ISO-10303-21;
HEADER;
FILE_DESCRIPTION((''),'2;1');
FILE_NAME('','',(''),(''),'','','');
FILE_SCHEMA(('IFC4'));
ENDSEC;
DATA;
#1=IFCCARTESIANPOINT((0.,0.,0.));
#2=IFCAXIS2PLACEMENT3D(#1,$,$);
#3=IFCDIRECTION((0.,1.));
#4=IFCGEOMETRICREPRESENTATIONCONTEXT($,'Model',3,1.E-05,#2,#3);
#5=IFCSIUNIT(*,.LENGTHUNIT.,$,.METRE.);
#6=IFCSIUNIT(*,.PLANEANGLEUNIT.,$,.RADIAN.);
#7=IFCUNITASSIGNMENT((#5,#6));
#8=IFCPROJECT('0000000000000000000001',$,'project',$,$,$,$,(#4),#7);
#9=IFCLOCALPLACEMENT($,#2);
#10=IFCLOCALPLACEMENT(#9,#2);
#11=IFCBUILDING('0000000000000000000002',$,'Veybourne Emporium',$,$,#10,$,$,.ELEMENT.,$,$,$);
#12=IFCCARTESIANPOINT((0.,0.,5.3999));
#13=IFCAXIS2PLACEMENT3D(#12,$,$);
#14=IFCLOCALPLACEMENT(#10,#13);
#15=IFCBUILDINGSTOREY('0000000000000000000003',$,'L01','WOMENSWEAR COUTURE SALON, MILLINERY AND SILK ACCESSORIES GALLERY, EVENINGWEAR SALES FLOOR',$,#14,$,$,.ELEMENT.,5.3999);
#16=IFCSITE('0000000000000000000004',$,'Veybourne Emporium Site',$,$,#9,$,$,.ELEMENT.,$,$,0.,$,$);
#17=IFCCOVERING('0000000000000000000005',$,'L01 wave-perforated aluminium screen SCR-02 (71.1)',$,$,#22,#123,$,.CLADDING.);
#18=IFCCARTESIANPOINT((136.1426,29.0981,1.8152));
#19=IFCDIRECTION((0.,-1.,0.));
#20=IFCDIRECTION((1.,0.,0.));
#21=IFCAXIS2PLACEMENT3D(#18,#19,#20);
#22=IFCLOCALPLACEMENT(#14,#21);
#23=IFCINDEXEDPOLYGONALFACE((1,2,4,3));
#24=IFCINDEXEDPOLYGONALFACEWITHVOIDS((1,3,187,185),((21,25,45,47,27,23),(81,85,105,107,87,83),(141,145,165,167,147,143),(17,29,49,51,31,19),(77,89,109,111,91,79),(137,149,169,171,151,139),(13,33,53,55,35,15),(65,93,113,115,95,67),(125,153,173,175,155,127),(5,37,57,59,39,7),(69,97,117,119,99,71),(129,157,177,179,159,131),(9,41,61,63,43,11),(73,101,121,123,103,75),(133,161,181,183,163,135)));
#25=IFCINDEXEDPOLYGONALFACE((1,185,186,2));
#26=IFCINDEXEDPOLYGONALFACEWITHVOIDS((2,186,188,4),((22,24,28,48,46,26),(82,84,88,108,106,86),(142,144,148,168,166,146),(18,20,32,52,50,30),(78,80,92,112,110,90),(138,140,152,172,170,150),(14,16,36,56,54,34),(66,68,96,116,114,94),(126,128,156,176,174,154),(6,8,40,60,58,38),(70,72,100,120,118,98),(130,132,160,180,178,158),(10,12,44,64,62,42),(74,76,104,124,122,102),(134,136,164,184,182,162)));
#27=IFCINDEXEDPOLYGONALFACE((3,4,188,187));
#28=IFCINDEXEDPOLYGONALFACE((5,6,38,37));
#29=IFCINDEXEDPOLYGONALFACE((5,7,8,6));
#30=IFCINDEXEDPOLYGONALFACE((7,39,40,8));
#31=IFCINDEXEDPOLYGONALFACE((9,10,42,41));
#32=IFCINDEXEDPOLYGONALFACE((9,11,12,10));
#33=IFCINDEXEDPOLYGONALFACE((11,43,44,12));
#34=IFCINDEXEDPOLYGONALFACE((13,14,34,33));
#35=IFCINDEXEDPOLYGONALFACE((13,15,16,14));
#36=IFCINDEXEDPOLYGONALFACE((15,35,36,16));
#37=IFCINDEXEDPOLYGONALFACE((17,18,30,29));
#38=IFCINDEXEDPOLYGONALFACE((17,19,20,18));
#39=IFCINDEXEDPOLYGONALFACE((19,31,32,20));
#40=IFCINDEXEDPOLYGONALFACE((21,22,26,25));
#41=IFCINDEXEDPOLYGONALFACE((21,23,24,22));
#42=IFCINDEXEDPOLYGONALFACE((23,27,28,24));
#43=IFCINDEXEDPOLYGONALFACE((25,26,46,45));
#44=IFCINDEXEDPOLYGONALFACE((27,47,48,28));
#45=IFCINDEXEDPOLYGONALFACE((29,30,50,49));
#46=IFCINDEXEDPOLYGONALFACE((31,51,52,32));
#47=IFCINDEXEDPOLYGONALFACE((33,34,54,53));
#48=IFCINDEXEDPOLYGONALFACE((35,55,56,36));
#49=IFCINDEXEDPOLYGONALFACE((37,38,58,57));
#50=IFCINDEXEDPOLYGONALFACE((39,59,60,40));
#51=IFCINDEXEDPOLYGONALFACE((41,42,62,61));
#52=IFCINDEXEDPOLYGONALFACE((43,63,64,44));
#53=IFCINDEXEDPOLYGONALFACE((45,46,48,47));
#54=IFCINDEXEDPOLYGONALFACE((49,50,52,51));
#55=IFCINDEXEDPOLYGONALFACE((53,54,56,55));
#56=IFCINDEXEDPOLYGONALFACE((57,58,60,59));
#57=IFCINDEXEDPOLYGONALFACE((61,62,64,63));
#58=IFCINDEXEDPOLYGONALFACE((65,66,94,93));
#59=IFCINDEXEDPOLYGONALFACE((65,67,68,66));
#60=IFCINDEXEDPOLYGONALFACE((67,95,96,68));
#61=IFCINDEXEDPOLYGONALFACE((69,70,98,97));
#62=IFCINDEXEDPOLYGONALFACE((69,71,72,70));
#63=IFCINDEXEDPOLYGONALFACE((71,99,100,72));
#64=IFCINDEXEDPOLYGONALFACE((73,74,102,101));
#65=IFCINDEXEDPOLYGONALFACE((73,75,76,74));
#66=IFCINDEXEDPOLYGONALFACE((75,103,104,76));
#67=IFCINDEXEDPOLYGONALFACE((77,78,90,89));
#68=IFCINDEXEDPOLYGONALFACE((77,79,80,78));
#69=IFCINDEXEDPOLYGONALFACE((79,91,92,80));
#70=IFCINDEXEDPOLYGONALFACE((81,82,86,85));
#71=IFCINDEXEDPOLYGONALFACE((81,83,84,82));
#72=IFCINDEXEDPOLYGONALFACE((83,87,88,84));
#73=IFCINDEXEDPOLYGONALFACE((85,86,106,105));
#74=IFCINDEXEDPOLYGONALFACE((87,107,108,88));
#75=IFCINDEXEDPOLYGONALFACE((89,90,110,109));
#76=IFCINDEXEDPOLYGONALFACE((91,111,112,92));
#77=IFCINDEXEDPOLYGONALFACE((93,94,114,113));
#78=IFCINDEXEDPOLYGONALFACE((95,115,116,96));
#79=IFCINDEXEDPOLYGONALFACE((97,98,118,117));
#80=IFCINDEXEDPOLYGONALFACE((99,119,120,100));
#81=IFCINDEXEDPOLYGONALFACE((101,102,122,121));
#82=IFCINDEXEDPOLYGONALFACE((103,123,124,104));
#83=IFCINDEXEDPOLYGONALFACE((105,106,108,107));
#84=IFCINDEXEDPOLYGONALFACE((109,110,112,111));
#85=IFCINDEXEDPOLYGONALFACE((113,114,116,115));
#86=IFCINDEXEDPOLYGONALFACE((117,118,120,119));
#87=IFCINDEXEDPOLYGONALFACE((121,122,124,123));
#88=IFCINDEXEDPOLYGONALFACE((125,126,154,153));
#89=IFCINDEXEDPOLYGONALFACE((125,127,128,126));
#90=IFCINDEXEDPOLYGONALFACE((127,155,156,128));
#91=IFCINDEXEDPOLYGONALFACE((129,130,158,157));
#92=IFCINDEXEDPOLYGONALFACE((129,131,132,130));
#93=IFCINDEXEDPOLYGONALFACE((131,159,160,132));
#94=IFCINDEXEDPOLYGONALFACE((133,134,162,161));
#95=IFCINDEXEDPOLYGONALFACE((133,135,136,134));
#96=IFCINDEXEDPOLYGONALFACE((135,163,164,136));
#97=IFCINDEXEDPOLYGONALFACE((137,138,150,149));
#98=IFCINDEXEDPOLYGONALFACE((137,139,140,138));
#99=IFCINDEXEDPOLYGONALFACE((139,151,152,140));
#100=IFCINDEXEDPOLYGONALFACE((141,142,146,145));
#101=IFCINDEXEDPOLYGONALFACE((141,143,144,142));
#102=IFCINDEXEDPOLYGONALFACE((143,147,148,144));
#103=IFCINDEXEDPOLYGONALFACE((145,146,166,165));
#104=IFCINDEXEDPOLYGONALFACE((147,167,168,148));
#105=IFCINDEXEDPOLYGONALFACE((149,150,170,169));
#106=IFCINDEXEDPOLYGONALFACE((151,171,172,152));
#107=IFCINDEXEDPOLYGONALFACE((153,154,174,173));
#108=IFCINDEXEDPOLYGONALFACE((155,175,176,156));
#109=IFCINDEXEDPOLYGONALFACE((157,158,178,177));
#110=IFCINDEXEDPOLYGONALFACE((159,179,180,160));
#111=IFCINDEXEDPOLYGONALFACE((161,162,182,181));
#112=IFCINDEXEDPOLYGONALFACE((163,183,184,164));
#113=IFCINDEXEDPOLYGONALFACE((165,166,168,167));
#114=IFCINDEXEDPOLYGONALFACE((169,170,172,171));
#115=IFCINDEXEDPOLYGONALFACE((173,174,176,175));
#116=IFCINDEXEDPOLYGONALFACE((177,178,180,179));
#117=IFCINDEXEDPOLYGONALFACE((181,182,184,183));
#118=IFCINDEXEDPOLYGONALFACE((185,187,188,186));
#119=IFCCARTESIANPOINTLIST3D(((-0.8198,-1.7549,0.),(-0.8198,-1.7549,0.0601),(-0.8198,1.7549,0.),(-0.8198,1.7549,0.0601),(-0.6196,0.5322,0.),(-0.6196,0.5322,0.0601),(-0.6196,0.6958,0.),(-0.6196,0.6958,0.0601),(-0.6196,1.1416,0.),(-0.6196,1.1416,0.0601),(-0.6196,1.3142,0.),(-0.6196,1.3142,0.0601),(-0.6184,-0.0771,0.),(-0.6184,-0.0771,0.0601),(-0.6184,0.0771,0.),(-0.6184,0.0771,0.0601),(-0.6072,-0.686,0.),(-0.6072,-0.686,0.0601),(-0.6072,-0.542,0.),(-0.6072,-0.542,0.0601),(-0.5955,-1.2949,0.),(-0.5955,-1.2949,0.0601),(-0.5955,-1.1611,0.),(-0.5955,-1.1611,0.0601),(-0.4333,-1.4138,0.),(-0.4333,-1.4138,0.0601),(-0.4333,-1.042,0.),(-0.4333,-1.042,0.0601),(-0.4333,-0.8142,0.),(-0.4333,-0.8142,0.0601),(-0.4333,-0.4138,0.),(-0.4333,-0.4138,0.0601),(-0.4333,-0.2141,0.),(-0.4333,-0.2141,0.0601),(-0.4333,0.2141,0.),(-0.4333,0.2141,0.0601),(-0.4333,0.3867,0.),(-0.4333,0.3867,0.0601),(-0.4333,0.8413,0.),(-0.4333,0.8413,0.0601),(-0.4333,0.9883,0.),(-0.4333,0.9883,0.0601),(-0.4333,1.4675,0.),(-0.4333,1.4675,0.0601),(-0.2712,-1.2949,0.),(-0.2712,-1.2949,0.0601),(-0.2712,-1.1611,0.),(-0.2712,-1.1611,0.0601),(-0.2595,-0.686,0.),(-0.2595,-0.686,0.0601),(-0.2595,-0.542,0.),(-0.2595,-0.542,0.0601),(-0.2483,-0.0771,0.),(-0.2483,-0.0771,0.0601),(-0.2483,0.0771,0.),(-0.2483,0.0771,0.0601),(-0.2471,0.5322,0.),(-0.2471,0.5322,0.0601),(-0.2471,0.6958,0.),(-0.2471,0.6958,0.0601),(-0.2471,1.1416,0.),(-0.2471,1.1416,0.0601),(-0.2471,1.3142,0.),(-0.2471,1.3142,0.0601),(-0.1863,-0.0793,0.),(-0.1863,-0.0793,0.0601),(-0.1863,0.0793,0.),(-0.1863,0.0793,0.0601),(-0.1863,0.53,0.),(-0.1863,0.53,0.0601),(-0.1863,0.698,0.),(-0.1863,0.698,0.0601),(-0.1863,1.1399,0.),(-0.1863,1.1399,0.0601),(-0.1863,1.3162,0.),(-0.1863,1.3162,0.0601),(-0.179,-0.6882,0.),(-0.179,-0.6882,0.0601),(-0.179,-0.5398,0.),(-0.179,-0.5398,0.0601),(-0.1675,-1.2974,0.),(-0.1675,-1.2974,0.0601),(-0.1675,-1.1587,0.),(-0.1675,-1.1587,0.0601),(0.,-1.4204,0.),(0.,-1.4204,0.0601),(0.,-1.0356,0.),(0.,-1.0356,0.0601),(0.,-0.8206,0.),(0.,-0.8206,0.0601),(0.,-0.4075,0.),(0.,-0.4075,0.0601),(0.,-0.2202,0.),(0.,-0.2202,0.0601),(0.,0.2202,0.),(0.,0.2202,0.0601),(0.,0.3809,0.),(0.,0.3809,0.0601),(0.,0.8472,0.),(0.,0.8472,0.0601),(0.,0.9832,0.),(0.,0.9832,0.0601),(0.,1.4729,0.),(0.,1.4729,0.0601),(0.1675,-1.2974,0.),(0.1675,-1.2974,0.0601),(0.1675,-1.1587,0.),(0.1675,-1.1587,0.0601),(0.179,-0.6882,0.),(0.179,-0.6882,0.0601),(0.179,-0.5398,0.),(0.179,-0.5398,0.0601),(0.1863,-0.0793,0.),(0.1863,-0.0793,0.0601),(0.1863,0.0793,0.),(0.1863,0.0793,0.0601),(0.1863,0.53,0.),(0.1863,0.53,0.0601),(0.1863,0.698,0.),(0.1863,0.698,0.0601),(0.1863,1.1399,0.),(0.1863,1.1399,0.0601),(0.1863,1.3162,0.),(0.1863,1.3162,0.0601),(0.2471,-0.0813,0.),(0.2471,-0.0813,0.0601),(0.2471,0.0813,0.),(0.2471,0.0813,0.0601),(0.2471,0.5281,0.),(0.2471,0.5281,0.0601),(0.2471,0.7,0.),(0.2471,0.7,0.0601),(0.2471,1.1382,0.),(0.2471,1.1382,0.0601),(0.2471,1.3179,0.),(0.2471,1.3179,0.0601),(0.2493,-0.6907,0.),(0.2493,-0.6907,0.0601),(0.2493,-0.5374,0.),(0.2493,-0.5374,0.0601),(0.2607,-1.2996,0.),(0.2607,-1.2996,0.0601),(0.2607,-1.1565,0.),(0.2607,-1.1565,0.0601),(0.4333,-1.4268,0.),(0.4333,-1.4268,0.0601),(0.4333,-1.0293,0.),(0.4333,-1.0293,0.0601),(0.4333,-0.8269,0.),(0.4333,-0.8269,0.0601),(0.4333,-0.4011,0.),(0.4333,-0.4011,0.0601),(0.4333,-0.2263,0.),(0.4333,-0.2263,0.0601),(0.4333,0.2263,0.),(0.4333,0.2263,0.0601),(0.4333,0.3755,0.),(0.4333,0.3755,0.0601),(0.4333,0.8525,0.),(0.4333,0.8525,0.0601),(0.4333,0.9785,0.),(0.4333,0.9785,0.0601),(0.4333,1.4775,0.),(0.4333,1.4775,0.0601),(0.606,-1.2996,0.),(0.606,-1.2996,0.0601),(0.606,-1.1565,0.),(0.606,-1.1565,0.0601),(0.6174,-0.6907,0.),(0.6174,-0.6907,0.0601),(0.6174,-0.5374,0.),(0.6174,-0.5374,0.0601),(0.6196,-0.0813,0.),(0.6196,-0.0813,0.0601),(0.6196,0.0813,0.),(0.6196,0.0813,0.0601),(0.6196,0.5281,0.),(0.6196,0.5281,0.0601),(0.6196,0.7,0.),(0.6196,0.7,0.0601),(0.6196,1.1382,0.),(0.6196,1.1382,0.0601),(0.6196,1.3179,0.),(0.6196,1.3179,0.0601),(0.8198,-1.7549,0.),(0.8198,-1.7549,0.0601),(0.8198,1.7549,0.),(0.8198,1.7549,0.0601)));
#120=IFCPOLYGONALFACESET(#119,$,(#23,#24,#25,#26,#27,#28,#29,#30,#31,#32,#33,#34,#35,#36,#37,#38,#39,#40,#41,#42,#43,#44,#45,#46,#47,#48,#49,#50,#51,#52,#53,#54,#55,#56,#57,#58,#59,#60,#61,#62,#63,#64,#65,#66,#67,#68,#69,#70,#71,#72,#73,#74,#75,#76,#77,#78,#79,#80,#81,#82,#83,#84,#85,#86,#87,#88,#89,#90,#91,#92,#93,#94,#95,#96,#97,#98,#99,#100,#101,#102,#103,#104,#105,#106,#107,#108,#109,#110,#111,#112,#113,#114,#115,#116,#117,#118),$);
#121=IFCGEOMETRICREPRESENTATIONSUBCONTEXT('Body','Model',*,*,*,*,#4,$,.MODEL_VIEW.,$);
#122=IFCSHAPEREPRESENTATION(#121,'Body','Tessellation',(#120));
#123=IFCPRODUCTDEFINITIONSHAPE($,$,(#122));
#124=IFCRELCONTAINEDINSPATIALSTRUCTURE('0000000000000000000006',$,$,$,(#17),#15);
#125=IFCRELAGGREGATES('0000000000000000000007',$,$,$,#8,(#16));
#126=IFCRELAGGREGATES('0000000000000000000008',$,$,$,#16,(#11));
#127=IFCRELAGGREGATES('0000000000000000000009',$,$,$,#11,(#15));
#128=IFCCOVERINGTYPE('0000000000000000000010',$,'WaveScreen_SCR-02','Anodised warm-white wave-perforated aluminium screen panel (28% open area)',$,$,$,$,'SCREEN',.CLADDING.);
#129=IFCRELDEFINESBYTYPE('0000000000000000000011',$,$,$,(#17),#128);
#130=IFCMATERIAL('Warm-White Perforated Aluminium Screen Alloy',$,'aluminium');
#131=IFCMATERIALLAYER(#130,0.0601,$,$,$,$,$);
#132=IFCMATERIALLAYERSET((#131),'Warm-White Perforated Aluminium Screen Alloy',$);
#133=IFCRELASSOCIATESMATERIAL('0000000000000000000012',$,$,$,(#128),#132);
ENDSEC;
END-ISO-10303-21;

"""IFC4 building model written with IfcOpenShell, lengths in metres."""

from ifc_helpers import new_model, si_unit, direction, frame, origin, place, context, subcontext, project, spatial, polyline, outline, extrude, material, layer, layer_set, type_object, element, save


model = new_model("IFC4")

# Units and contexts
model_context = context("Model", 3, precision=1e-05, world=origin(), true_north=direction((0.0, 1.0)))
body_context = subcontext(model_context, "Body", "Model", "MODEL_VIEW")
ifc_project = project(units=[si_unit("LENGTHUNIT", "METRE"), si_unit("PLANEANGLEUNIT", "RADIAN")], contexts=[model_context])

# Site, building, storey
site_placement = place(None, origin())
site = spatial("IfcSite", under=ifc_project, at=site_placement, Name="Veybourne Emporium Site", CompositionType="ELEMENT", RefElevation=0.0)
building_placement = place(site_placement, origin())
building = spatial("IfcBuilding", under=site, at=building_placement, Name="Veybourne Emporium", CompositionType="ELEMENT")
storey_placement = place(building_placement, frame((0.0, 0.0, 5.3999)))
storey = spatial("IfcBuildingStorey", under=building, at=storey_placement, Name="L01", Description="WOMENSWEAR COUTURE SALON, MILLINERY AND SILK ACCESSORIES GALLERY, EVENINGWEAR SALES FLOOR", CompositionType="ELEMENT", Elevation=5.3999)

# Covering
ifc_material_1 = material(Name="Warm-White Perforated Aluminium Screen Alloy", Category="aluminium")
ifc_layer_1 = layer(ifc_material_1, 0.0601)
ifc_layer_set_1 = layer_set([ifc_layer_1], Name="Warm-White Perforated Aluminium Screen Alloy")
covering_type_1 = type_object("IfcCoveringType", Name="WaveScreen_SCR-02", Description="Anodised warm-white wave-perforated aluminium screen panel (28% open area)", ElementType="SCREEN", PredefinedType="CLADDING", material=ifc_layer_set_1)
covering_1_placement = place(storey_placement, frame((136.1426, 29.0981, 1.8152), z_axis=(0.0, -1.0, 0.0), x_axis=(1.0, 0.0, 0.0)))
element("IfcCovering", 1, at=covering_1_placement, inside=storey, type_object=covering_type_1, Name="L01 wave-perforated aluminium screen SCR-02 (71.1)", PredefinedType="CLADDING", context=body_context, shape_type="SweptSolid", body=[
    extrude(outline(polyline([(-0.8198, -1.7549), (0.8198, -1.7549), (0.8198, 1.7549), (-0.8198, 1.7549), (-0.8198, -1.7549)]), holes=[polyline([(-0.4333, -1.042), (-0.2712, -1.1611), (-0.2712, -1.2949), (-0.4333, -1.4138), (-0.5955, -1.2949), (-0.5955, -1.1611), (-0.4333, -1.042)]), polyline([(-0.4333, -0.4138), (-0.2595, -0.542), (-0.2595, -0.686), (-0.4333, -0.8142), (-0.6072, -0.686), (-0.6072, -0.542), (-0.4333, -0.4138)]), polyline([(-0.4333, 0.2141), (-0.2483, 0.0771), (-0.2483, -0.0771), (-0.4333, -0.2141), (-0.6184, -0.0771), (-0.6184, 0.0771), (-0.4333, 0.2141)]), polyline([(-0.4333, 0.8413), (-0.2471, 0.6958), (-0.2471, 0.5322), (-0.4333, 0.3867), (-0.6196, 0.5322), (-0.6196, 0.6958), (-0.4333, 0.8413)]), polyline([(-0.4333, 1.4675), (-0.2471, 1.3142), (-0.2471, 1.1416), (-0.4333, 0.9883), (-0.6196, 1.1416), (-0.6196, 1.3142), (-0.4333, 1.4675)]), polyline([(0.0, -1.0356), (0.1675, -1.1587), (0.1675, -1.2974), (0.0, -1.4204), (-0.1675, -1.2974), (-0.1675, -1.1587), (0.0, -1.0356)]), polyline([(0.0, -0.4075), (0.179, -0.5398), (0.179, -0.6882), (0.0, -0.8206), (-0.179, -0.6882), (-0.179, -0.5398), (0.0, -0.4075)]), polyline([(0.0, 0.2202), (0.1863, 0.0793), (0.1863, -0.0793), (0.0, -0.2202), (-0.1863, -0.0793), (-0.1863, 0.0793), (0.0, 0.2202)]), polyline([(0.0, 0.8472), (0.1863, 0.698), (0.1863, 0.53), (0.0, 0.3809), (-0.1863, 0.53), (-0.1863, 0.698), (0.0, 0.8472)]), polyline([(0.0, 1.4729), (0.1863, 1.3162), (0.1863, 1.1399), (0.0, 0.9832), (-0.1863, 1.1399), (-0.1863, 1.3162), (0.0, 1.4729)]), polyline([(0.4333, -1.0293), (0.606, -1.1565), (0.606, -1.2996), (0.4333, -1.4268), (0.2607, -1.2996), (0.2607, -1.1565), (0.4333, -1.0293)]), polyline([(0.4333, -0.4011), (0.6174, -0.5374), (0.6174, -0.6907), (0.4333, -0.8269), (0.2493, -0.6907), (0.2493, -0.5374), (0.4333, -0.4011)]), polyline([(0.4333, 0.2263), (0.6196, 0.0813), (0.6196, -0.0813), (0.4333, -0.2263), (0.2471, -0.0813), (0.2471, 0.0813), (0.4333, 0.2263)]), polyline([(0.4333, 0.8525), (0.6196, 0.7), (0.6196, 0.5281), (0.4333, 0.3755), (0.2471, 0.5281), (0.2471, 0.7), (0.4333, 0.8525)]), polyline([(0.4333, 1.4775), (0.6196, 1.3179), (0.6196, 1.1382), (0.4333, 0.9785), (0.2471, 1.1382), (0.2471, 1.3179), (0.4333, 1.4775)])]), origin(), (0.0, 0.0, 1.0), 0.0601),
])

save(model, "model.ifc")
